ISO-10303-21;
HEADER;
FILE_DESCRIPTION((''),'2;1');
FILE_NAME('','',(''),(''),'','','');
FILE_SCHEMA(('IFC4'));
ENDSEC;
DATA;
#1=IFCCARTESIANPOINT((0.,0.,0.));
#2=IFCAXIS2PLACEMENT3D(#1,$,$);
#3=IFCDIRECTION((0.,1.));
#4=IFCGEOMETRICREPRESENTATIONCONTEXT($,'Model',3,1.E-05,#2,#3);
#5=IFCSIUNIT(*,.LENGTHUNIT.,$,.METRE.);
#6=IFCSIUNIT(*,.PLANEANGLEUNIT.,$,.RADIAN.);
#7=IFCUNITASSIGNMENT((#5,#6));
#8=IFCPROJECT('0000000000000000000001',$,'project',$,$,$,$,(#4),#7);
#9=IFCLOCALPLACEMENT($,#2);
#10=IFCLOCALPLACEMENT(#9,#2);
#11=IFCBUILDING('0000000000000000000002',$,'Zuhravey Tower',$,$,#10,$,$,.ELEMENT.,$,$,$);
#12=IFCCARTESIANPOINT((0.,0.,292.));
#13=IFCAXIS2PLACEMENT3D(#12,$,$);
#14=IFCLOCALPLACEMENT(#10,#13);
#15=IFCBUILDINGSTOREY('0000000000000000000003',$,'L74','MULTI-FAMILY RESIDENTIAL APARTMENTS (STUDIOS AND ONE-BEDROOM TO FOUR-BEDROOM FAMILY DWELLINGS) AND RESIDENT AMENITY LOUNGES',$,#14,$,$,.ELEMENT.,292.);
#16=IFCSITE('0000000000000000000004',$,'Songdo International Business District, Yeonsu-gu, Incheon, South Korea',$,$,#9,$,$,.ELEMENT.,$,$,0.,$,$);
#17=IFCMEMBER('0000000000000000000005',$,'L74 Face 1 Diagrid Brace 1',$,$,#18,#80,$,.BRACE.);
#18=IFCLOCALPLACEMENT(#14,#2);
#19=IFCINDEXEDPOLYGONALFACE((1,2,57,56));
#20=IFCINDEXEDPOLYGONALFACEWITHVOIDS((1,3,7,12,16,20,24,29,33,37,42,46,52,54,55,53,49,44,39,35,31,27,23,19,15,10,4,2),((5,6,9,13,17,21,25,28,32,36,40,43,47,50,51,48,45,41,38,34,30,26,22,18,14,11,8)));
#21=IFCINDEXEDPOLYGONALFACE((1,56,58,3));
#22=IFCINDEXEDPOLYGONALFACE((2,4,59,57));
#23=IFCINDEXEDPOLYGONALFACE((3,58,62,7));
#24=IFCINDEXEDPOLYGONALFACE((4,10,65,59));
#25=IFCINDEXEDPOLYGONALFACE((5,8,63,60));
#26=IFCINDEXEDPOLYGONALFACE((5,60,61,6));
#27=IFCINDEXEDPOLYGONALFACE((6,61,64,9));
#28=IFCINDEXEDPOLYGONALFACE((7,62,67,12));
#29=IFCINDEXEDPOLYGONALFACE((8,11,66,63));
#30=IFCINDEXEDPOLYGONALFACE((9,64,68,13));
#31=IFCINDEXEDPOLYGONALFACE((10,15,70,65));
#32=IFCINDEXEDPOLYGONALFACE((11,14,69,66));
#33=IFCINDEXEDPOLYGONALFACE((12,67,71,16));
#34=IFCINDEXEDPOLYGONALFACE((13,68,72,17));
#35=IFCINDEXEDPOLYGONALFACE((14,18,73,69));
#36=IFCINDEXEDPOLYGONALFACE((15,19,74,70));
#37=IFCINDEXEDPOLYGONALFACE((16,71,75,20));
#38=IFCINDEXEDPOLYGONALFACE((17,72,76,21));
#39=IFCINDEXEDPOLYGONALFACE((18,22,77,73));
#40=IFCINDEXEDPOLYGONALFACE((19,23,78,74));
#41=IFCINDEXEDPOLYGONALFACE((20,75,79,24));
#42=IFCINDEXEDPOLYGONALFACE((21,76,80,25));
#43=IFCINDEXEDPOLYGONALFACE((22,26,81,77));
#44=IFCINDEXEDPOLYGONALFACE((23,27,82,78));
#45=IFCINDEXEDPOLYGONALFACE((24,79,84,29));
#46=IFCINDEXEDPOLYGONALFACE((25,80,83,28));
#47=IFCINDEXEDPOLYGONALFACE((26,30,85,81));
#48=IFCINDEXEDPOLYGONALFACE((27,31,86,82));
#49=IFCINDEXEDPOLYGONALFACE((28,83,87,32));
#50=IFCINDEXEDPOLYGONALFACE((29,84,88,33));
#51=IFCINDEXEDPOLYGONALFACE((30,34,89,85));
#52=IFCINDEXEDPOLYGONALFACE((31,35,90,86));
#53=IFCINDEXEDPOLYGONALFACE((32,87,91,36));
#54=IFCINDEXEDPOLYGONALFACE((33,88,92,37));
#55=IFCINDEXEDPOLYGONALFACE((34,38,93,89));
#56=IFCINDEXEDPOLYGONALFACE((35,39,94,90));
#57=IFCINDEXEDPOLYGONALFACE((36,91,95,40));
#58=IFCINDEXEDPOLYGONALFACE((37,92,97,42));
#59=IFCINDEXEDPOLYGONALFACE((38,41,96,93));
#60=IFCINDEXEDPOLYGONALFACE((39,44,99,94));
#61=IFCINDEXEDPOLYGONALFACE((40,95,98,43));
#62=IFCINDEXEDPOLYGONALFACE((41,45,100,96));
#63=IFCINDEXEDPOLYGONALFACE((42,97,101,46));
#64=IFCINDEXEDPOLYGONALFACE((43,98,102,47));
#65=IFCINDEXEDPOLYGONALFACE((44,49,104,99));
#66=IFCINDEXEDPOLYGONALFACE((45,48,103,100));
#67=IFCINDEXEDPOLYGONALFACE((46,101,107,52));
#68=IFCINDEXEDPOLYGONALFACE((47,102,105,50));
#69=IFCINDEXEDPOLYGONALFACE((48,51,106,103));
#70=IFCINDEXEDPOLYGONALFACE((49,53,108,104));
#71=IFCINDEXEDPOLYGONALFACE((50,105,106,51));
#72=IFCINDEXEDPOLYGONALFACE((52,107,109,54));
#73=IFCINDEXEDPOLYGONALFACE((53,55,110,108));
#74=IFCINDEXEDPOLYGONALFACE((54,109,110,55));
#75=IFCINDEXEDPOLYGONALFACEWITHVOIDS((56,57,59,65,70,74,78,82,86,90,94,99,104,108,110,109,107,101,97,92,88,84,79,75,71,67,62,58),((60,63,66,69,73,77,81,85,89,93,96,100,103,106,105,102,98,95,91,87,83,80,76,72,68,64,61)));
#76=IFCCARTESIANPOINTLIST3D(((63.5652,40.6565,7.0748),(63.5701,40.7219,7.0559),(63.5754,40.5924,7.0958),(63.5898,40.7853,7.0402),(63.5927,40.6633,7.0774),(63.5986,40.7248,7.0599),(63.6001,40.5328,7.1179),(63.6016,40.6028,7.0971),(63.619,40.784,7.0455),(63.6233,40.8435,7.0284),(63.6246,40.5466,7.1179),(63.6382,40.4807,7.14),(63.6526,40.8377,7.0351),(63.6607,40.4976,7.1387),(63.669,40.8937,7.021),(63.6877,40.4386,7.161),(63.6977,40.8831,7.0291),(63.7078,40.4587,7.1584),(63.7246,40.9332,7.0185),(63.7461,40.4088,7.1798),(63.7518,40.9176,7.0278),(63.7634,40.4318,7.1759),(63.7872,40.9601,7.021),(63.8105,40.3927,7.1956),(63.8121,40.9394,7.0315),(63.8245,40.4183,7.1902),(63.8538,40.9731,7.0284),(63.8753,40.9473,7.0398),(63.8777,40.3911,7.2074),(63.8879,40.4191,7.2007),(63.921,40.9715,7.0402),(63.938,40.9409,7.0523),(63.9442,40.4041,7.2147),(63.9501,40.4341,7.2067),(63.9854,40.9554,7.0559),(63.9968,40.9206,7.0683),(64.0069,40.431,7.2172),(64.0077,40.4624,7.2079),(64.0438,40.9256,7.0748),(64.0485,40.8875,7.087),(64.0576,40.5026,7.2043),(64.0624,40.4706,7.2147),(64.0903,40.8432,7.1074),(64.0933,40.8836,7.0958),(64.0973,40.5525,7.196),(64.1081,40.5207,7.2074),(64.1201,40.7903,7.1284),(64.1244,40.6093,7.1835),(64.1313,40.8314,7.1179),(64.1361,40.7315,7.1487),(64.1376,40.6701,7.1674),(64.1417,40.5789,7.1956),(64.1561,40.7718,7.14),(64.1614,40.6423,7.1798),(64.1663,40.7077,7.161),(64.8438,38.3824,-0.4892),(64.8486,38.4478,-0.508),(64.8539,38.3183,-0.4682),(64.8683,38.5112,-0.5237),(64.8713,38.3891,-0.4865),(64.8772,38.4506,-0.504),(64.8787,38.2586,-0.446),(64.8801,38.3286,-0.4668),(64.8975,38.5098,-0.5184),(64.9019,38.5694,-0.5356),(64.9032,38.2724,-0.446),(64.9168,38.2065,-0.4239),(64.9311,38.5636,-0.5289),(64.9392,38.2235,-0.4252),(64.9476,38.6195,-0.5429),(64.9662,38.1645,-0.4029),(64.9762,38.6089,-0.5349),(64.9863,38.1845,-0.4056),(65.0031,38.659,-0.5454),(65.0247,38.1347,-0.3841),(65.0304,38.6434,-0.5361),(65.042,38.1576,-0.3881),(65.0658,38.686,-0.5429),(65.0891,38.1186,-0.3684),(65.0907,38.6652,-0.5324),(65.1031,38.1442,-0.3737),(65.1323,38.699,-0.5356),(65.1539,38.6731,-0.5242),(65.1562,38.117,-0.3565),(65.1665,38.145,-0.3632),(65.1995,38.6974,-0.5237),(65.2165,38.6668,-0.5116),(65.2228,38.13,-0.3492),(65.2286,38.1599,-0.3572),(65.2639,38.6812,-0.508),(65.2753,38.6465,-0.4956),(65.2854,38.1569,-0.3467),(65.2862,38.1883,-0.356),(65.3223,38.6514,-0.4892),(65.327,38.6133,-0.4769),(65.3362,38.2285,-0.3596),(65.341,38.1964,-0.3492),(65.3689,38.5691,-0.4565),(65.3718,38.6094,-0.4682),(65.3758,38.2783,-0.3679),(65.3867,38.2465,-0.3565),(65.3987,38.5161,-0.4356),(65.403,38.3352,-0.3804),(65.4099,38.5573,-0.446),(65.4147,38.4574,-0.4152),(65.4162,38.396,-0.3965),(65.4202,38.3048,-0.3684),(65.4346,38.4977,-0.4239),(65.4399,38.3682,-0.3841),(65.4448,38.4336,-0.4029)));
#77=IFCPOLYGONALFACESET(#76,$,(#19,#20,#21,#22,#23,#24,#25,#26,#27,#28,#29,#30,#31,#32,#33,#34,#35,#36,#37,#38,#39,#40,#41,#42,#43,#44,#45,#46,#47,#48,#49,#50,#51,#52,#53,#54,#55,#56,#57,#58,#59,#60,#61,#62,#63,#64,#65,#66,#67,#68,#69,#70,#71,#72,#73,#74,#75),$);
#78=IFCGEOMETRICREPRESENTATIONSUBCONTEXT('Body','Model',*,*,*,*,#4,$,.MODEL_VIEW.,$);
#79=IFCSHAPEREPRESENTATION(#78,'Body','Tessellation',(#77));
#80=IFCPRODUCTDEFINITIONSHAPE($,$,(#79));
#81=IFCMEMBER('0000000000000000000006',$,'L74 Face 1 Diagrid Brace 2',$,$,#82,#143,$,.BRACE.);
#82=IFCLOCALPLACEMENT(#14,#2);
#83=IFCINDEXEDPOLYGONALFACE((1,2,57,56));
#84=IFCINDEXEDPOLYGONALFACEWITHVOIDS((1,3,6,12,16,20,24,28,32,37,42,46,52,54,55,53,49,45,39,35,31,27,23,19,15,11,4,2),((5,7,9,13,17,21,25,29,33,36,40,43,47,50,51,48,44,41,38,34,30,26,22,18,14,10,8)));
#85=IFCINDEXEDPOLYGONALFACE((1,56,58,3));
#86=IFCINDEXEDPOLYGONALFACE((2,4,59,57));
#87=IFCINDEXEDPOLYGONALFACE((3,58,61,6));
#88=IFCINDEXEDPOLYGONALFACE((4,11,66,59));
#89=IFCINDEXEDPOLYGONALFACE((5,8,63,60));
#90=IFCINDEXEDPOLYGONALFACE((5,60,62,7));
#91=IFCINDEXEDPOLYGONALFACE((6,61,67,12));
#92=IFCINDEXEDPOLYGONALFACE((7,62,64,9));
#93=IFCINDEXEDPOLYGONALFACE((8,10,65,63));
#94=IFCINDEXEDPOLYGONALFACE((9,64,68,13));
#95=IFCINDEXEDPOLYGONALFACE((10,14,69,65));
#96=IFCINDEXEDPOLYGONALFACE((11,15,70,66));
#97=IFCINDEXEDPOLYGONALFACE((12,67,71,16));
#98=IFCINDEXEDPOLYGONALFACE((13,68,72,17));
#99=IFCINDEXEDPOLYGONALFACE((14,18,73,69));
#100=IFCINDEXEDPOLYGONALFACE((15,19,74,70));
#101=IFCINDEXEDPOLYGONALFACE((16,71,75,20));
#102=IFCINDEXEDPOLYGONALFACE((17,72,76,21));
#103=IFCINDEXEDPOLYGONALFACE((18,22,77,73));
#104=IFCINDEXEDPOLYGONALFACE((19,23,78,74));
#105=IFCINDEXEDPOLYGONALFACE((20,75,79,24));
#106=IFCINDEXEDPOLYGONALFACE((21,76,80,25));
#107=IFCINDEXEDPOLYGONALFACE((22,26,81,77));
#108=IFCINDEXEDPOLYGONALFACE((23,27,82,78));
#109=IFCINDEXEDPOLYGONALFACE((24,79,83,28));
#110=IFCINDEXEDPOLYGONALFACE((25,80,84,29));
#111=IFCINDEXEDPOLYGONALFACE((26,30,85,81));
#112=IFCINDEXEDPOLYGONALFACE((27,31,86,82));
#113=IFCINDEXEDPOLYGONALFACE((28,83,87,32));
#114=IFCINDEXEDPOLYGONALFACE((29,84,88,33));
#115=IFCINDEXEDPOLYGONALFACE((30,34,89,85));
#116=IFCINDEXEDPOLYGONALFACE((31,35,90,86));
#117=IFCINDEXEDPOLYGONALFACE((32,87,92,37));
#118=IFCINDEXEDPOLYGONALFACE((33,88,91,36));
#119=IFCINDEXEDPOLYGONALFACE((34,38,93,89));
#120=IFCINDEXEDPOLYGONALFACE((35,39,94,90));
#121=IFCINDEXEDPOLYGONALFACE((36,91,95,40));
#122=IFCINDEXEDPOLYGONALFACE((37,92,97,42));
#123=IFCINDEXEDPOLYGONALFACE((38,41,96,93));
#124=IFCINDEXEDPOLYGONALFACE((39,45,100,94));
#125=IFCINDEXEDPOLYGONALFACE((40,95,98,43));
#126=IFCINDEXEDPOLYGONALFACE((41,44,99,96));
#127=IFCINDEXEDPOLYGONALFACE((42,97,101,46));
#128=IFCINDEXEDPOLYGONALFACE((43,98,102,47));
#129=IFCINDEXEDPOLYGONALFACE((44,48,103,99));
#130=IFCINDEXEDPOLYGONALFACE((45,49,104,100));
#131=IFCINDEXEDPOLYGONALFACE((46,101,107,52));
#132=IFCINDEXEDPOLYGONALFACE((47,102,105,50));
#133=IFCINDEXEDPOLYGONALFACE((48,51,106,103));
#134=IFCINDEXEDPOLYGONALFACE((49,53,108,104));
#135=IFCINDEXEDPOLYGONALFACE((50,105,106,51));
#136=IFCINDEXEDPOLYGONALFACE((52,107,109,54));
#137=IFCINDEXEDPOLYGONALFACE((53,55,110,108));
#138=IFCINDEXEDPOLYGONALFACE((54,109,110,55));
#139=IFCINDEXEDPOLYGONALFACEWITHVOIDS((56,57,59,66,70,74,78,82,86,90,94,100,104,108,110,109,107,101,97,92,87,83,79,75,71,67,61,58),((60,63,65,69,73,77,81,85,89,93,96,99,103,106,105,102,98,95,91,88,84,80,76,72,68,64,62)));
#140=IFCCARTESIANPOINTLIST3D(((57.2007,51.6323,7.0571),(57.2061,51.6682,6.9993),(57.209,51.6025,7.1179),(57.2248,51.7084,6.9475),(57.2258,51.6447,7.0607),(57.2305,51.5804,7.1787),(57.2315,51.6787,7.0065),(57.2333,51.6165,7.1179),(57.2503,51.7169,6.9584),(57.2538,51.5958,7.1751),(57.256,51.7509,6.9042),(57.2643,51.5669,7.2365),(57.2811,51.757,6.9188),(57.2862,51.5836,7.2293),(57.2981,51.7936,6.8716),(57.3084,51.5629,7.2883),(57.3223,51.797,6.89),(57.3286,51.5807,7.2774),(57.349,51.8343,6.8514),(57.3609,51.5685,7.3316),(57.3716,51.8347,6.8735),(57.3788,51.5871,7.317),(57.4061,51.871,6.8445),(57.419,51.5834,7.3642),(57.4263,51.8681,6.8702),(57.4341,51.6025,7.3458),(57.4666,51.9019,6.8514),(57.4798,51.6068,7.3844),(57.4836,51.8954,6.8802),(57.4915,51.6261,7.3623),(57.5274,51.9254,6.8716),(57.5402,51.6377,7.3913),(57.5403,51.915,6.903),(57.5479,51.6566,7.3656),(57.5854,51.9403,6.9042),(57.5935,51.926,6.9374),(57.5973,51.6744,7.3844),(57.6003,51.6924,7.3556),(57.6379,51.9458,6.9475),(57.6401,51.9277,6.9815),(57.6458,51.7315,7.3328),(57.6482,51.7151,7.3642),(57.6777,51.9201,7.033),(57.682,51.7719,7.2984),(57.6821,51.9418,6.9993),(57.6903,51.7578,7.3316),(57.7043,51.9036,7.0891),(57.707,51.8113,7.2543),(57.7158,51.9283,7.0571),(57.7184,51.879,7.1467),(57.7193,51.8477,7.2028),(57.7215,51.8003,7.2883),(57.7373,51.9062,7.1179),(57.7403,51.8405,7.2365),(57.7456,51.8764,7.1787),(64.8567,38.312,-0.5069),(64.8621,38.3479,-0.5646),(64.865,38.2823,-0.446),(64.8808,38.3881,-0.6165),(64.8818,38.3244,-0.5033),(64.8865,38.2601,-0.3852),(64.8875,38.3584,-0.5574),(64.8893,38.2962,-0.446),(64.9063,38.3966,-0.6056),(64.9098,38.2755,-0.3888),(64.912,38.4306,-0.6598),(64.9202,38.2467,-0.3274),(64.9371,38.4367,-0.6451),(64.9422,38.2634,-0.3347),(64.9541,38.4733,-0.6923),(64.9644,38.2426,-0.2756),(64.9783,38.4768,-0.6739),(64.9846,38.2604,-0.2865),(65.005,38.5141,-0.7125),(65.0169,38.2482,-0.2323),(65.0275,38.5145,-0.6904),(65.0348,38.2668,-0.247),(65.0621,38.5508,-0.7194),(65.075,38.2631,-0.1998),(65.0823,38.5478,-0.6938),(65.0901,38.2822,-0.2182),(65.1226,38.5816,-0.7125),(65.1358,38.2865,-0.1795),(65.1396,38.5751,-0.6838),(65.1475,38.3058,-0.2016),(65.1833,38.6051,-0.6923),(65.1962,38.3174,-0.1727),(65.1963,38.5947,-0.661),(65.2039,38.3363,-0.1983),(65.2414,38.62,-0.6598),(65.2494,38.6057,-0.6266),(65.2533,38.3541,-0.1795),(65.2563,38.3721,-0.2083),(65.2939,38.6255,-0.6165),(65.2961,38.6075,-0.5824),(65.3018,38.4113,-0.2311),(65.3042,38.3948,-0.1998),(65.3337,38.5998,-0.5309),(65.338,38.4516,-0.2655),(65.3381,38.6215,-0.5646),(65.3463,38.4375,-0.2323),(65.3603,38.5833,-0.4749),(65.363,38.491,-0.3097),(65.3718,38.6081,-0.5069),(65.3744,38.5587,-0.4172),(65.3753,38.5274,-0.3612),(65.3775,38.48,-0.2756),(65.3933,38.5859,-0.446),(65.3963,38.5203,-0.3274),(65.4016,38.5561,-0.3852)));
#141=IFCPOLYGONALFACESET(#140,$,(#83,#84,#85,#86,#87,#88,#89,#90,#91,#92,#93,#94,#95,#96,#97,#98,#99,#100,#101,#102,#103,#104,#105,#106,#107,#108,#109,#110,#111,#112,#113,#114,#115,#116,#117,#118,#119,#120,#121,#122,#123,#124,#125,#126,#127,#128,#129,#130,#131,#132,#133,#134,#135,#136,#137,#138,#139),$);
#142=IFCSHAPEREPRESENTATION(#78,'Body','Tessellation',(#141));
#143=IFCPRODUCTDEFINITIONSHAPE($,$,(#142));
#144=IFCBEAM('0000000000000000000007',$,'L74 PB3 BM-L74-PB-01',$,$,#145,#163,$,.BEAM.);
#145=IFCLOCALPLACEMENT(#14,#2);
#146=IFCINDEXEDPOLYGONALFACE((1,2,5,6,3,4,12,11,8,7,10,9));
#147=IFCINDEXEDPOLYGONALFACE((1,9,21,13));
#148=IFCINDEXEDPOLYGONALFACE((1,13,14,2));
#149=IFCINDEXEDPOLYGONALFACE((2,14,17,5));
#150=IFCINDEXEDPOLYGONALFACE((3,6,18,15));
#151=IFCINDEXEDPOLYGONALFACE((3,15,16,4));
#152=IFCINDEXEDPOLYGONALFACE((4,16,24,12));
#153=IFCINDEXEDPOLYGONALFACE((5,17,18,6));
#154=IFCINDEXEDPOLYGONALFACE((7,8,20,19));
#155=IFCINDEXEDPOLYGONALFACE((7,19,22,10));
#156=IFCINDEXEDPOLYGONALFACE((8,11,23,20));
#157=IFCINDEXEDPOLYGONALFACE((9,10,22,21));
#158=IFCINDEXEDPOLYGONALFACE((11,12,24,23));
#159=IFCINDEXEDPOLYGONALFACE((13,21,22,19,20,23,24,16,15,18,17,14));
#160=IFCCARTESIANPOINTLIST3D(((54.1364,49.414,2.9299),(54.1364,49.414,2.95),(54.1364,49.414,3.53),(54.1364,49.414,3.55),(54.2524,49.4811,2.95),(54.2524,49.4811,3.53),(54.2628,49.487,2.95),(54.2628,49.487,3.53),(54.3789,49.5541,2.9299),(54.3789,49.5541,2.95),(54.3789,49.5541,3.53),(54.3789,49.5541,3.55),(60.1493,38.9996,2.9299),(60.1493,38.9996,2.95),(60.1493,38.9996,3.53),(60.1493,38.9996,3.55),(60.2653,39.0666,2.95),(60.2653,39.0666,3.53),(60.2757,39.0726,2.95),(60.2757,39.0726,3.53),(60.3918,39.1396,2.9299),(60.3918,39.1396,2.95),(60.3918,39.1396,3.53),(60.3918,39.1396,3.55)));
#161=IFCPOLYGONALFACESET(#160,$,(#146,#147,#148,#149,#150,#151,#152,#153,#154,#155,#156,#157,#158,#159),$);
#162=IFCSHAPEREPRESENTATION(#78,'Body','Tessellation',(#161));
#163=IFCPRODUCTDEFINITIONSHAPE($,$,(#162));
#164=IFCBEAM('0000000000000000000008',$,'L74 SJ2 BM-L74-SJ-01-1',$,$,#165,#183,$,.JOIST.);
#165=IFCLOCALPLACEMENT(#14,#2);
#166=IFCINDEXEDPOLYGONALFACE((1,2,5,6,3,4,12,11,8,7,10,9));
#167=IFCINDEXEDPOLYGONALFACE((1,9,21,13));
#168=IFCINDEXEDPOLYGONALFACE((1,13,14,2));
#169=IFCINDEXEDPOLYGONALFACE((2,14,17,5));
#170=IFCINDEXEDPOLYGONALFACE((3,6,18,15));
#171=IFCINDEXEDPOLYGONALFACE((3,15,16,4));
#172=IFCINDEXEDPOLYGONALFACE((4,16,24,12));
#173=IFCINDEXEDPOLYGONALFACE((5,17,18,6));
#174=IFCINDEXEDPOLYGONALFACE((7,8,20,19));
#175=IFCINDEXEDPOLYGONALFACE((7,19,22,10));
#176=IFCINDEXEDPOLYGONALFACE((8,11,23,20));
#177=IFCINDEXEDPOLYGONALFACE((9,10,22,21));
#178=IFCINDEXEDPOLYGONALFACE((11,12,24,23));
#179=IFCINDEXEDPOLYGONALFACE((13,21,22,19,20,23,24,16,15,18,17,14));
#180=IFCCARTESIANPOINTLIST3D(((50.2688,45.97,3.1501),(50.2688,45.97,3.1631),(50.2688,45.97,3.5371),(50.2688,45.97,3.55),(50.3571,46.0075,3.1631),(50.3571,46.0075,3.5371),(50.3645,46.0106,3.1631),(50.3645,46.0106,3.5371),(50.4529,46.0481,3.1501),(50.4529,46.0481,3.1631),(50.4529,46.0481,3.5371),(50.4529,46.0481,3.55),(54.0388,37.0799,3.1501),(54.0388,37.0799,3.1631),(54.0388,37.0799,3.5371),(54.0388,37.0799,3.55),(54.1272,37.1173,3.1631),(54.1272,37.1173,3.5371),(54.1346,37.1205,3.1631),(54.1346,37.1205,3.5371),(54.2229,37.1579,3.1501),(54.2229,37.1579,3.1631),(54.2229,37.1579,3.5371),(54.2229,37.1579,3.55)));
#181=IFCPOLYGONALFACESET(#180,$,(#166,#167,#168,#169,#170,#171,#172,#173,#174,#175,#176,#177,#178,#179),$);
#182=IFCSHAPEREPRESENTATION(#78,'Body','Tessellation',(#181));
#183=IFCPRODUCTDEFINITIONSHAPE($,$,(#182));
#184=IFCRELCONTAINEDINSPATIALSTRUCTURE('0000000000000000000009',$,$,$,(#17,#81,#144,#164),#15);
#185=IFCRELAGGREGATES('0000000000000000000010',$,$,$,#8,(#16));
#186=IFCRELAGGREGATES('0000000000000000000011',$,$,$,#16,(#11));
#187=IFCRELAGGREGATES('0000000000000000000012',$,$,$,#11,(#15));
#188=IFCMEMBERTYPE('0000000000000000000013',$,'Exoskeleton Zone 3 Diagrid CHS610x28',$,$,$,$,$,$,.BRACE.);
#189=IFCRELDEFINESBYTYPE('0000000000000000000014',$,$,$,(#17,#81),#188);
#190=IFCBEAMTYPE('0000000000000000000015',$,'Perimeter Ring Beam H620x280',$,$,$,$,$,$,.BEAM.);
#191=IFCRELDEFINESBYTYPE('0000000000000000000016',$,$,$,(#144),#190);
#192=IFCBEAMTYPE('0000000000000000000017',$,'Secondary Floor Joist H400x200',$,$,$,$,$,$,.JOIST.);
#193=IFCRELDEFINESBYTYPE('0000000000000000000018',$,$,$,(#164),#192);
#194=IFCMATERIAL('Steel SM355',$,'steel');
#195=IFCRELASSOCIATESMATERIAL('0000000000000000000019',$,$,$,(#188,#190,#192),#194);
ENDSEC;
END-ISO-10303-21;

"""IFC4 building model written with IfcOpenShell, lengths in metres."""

from ifc_helpers import new_model, si_unit, direction, frame, origin, origin_2d, place, context, subcontext, project, spatial, hollow_circle, i_section, extrude, material, material_profile, profile_set, type_object, element, save


model = new_model("IFC4")

# Units and contexts
model_context = context("Model", 3, precision=1e-05, world=origin(), true_north=direction((0.0, 1.0)))
body_context = subcontext(model_context, "Body", "Model", "MODEL_VIEW")
ifc_project = project(units=[si_unit("LENGTHUNIT", "METRE"), si_unit("PLANEANGLEUNIT", "RADIAN")], contexts=[model_context])

# Site, building, storey
site_placement = place(None, origin())
site = spatial("IfcSite", under=ifc_project, at=site_placement, Name="Songdo International Business District, Yeonsu-gu, Incheon, South Korea", CompositionType="ELEMENT", RefElevation=0.0)
building_placement = place(site_placement, origin())
building = spatial("IfcBuilding", under=site, at=building_placement, Name="Zuhravey Tower", CompositionType="ELEMENT")
storey_placement = place(building_placement, frame((0.0, 0.0, 292.0)))
storey = spatial("IfcBuildingStorey", under=building, at=storey_placement, Name="L74", Description="MULTI-FAMILY RESIDENTIAL APARTMENTS (STUDIOS AND ONE-BEDROOM TO FOUR-BEDROOM FAMILY DWELLINGS) AND RESIDENT AMENITY LOUNGES", CompositionType="ELEMENT", Elevation=292.0)

# Members
ifc_material_1 = material(Name="Steel SM355", Category="steel")
ifc_material_profile_1 = material_profile(ifc_material_1, hollow_circle(Radius=0.3047, WallThickness=0.0281, at=origin_2d()), Name="CHS-609.6x28")
ifc_profile_set_1 = profile_set([ifc_material_profile_1], Name="Steel SM355")
member_type_1 = type_object("IfcMemberType", Name="Exoskeleton Zone 3 Diagrid CHS610x28", PredefinedType="BRACE", material=ifc_profile_set_1)
member_1_placement = place(storey_placement, frame((65.1443, 38.408, -0.446), z_axis=(-0.159795, 0.284227, 0.945347), x_axis=(-0.871683, -0.49007, 0.0)))
element("IfcMember", 1, at=member_1_placement, inside=storey, type_object=member_type_1, Name="L74 Face 1 Diagrid Brace 1", PredefinedType="BRACE", context=body_context, shape_type="SweptSolid", body=[
    extrude(hollow_circle(Radius=0.3047, WallThickness=0.0281, at=origin_2d()), origin(), (0.0, 0.0, 1.0), 8.0012),
])
member_2_placement = place(storey_placement, frame((65.1292, 38.4341, -0.446), z_axis=(-0.447071, 0.777838, 0.441697), x_axis=(-0.866996, -0.498316, 0.0)))
element("IfcMember", 2, at=member_2_placement, inside=storey, type_object=member_type_1, Name="L74 Face 1 Diagrid Brace 2", PredefinedType="BRACE", context=body_context, shape_type="SweptSolid", body=[
    extrude(hollow_circle(Radius=0.3047, WallThickness=0.0281, at=origin_2d()), origin(), (0.0, 0.0, 1.0), 17.1248),
])

# Beams
ifc_material_profile_2 = material_profile(ifc_material_1, i_section(OverallWidth=0.28, OverallDepth=0.6201, WebThickness=0.012, FlangeThickness=0.02, at=origin_2d()), Name="H-620x280x12x20")
ifc_profile_set_2 = profile_set([ifc_material_profile_2], Name="Steel SM355")
beam_type_1 = type_object("IfcBeamType", Name="Perimeter Ring Beam H620x280", PredefinedType="BEAM", material=ifc_profile_set_2)
beam_1_placement = place(storey_placement, frame((60.2705, 39.0696, 3.24), z_axis=(-0.500006, 0.866022, 0.0), x_axis=(-0.866022, -0.500006, 0.0)))
element("IfcBeam", 3, at=beam_1_placement, inside=storey, type_object=beam_type_1, Name="L74 PB3 BM-L74-PB-01", PredefinedType="BEAM", context=body_context, shape_type="SweptSolid", body=[
    extrude(i_section(OverallWidth=0.28, OverallDepth=0.6201, WebThickness=0.012, FlangeThickness=0.02, at=origin_2d()), origin(), (0.0, 0.0, 1.0), 12.0256),
])
ifc_material_profile_3 = material_profile(ifc_material_1, i_section(OverallWidth=0.2, OverallDepth=0.3999, WebThickness=0.0081, FlangeThickness=0.0129, at=origin_2d()), Name="H-400x200x8x13")
ifc_profile_set_3 = profile_set([ifc_material_profile_3], Name="Steel SM355")
beam_type_2 = type_object("IfcBeamType", Name="Secondary Floor Joist H400x200", PredefinedType="JOIST", material=ifc_profile_set_3)
beam_2_placement = place(storey_placement, frame((54.1309, 37.1189, 3.3501), z_axis=(-0.390413, 0.92064, 0.0), x_axis=(-0.92064, -0.390413, 0.0)))
element("IfcBeam", 4, at=beam_2_placement, inside=storey, type_object=beam_type_2, Name="L74 SJ2 BM-L74-SJ-01-1", PredefinedType="JOIST", context=body_context, shape_type="SweptSolid", body=[
    extrude(i_section(OverallWidth=0.2, OverallDepth=0.3999, WebThickness=0.0081, FlangeThickness=0.0129, at=origin_2d()), origin(), (0.0, 0.0, 1.0), 9.6565),
])

save(model, "model.ifc")
